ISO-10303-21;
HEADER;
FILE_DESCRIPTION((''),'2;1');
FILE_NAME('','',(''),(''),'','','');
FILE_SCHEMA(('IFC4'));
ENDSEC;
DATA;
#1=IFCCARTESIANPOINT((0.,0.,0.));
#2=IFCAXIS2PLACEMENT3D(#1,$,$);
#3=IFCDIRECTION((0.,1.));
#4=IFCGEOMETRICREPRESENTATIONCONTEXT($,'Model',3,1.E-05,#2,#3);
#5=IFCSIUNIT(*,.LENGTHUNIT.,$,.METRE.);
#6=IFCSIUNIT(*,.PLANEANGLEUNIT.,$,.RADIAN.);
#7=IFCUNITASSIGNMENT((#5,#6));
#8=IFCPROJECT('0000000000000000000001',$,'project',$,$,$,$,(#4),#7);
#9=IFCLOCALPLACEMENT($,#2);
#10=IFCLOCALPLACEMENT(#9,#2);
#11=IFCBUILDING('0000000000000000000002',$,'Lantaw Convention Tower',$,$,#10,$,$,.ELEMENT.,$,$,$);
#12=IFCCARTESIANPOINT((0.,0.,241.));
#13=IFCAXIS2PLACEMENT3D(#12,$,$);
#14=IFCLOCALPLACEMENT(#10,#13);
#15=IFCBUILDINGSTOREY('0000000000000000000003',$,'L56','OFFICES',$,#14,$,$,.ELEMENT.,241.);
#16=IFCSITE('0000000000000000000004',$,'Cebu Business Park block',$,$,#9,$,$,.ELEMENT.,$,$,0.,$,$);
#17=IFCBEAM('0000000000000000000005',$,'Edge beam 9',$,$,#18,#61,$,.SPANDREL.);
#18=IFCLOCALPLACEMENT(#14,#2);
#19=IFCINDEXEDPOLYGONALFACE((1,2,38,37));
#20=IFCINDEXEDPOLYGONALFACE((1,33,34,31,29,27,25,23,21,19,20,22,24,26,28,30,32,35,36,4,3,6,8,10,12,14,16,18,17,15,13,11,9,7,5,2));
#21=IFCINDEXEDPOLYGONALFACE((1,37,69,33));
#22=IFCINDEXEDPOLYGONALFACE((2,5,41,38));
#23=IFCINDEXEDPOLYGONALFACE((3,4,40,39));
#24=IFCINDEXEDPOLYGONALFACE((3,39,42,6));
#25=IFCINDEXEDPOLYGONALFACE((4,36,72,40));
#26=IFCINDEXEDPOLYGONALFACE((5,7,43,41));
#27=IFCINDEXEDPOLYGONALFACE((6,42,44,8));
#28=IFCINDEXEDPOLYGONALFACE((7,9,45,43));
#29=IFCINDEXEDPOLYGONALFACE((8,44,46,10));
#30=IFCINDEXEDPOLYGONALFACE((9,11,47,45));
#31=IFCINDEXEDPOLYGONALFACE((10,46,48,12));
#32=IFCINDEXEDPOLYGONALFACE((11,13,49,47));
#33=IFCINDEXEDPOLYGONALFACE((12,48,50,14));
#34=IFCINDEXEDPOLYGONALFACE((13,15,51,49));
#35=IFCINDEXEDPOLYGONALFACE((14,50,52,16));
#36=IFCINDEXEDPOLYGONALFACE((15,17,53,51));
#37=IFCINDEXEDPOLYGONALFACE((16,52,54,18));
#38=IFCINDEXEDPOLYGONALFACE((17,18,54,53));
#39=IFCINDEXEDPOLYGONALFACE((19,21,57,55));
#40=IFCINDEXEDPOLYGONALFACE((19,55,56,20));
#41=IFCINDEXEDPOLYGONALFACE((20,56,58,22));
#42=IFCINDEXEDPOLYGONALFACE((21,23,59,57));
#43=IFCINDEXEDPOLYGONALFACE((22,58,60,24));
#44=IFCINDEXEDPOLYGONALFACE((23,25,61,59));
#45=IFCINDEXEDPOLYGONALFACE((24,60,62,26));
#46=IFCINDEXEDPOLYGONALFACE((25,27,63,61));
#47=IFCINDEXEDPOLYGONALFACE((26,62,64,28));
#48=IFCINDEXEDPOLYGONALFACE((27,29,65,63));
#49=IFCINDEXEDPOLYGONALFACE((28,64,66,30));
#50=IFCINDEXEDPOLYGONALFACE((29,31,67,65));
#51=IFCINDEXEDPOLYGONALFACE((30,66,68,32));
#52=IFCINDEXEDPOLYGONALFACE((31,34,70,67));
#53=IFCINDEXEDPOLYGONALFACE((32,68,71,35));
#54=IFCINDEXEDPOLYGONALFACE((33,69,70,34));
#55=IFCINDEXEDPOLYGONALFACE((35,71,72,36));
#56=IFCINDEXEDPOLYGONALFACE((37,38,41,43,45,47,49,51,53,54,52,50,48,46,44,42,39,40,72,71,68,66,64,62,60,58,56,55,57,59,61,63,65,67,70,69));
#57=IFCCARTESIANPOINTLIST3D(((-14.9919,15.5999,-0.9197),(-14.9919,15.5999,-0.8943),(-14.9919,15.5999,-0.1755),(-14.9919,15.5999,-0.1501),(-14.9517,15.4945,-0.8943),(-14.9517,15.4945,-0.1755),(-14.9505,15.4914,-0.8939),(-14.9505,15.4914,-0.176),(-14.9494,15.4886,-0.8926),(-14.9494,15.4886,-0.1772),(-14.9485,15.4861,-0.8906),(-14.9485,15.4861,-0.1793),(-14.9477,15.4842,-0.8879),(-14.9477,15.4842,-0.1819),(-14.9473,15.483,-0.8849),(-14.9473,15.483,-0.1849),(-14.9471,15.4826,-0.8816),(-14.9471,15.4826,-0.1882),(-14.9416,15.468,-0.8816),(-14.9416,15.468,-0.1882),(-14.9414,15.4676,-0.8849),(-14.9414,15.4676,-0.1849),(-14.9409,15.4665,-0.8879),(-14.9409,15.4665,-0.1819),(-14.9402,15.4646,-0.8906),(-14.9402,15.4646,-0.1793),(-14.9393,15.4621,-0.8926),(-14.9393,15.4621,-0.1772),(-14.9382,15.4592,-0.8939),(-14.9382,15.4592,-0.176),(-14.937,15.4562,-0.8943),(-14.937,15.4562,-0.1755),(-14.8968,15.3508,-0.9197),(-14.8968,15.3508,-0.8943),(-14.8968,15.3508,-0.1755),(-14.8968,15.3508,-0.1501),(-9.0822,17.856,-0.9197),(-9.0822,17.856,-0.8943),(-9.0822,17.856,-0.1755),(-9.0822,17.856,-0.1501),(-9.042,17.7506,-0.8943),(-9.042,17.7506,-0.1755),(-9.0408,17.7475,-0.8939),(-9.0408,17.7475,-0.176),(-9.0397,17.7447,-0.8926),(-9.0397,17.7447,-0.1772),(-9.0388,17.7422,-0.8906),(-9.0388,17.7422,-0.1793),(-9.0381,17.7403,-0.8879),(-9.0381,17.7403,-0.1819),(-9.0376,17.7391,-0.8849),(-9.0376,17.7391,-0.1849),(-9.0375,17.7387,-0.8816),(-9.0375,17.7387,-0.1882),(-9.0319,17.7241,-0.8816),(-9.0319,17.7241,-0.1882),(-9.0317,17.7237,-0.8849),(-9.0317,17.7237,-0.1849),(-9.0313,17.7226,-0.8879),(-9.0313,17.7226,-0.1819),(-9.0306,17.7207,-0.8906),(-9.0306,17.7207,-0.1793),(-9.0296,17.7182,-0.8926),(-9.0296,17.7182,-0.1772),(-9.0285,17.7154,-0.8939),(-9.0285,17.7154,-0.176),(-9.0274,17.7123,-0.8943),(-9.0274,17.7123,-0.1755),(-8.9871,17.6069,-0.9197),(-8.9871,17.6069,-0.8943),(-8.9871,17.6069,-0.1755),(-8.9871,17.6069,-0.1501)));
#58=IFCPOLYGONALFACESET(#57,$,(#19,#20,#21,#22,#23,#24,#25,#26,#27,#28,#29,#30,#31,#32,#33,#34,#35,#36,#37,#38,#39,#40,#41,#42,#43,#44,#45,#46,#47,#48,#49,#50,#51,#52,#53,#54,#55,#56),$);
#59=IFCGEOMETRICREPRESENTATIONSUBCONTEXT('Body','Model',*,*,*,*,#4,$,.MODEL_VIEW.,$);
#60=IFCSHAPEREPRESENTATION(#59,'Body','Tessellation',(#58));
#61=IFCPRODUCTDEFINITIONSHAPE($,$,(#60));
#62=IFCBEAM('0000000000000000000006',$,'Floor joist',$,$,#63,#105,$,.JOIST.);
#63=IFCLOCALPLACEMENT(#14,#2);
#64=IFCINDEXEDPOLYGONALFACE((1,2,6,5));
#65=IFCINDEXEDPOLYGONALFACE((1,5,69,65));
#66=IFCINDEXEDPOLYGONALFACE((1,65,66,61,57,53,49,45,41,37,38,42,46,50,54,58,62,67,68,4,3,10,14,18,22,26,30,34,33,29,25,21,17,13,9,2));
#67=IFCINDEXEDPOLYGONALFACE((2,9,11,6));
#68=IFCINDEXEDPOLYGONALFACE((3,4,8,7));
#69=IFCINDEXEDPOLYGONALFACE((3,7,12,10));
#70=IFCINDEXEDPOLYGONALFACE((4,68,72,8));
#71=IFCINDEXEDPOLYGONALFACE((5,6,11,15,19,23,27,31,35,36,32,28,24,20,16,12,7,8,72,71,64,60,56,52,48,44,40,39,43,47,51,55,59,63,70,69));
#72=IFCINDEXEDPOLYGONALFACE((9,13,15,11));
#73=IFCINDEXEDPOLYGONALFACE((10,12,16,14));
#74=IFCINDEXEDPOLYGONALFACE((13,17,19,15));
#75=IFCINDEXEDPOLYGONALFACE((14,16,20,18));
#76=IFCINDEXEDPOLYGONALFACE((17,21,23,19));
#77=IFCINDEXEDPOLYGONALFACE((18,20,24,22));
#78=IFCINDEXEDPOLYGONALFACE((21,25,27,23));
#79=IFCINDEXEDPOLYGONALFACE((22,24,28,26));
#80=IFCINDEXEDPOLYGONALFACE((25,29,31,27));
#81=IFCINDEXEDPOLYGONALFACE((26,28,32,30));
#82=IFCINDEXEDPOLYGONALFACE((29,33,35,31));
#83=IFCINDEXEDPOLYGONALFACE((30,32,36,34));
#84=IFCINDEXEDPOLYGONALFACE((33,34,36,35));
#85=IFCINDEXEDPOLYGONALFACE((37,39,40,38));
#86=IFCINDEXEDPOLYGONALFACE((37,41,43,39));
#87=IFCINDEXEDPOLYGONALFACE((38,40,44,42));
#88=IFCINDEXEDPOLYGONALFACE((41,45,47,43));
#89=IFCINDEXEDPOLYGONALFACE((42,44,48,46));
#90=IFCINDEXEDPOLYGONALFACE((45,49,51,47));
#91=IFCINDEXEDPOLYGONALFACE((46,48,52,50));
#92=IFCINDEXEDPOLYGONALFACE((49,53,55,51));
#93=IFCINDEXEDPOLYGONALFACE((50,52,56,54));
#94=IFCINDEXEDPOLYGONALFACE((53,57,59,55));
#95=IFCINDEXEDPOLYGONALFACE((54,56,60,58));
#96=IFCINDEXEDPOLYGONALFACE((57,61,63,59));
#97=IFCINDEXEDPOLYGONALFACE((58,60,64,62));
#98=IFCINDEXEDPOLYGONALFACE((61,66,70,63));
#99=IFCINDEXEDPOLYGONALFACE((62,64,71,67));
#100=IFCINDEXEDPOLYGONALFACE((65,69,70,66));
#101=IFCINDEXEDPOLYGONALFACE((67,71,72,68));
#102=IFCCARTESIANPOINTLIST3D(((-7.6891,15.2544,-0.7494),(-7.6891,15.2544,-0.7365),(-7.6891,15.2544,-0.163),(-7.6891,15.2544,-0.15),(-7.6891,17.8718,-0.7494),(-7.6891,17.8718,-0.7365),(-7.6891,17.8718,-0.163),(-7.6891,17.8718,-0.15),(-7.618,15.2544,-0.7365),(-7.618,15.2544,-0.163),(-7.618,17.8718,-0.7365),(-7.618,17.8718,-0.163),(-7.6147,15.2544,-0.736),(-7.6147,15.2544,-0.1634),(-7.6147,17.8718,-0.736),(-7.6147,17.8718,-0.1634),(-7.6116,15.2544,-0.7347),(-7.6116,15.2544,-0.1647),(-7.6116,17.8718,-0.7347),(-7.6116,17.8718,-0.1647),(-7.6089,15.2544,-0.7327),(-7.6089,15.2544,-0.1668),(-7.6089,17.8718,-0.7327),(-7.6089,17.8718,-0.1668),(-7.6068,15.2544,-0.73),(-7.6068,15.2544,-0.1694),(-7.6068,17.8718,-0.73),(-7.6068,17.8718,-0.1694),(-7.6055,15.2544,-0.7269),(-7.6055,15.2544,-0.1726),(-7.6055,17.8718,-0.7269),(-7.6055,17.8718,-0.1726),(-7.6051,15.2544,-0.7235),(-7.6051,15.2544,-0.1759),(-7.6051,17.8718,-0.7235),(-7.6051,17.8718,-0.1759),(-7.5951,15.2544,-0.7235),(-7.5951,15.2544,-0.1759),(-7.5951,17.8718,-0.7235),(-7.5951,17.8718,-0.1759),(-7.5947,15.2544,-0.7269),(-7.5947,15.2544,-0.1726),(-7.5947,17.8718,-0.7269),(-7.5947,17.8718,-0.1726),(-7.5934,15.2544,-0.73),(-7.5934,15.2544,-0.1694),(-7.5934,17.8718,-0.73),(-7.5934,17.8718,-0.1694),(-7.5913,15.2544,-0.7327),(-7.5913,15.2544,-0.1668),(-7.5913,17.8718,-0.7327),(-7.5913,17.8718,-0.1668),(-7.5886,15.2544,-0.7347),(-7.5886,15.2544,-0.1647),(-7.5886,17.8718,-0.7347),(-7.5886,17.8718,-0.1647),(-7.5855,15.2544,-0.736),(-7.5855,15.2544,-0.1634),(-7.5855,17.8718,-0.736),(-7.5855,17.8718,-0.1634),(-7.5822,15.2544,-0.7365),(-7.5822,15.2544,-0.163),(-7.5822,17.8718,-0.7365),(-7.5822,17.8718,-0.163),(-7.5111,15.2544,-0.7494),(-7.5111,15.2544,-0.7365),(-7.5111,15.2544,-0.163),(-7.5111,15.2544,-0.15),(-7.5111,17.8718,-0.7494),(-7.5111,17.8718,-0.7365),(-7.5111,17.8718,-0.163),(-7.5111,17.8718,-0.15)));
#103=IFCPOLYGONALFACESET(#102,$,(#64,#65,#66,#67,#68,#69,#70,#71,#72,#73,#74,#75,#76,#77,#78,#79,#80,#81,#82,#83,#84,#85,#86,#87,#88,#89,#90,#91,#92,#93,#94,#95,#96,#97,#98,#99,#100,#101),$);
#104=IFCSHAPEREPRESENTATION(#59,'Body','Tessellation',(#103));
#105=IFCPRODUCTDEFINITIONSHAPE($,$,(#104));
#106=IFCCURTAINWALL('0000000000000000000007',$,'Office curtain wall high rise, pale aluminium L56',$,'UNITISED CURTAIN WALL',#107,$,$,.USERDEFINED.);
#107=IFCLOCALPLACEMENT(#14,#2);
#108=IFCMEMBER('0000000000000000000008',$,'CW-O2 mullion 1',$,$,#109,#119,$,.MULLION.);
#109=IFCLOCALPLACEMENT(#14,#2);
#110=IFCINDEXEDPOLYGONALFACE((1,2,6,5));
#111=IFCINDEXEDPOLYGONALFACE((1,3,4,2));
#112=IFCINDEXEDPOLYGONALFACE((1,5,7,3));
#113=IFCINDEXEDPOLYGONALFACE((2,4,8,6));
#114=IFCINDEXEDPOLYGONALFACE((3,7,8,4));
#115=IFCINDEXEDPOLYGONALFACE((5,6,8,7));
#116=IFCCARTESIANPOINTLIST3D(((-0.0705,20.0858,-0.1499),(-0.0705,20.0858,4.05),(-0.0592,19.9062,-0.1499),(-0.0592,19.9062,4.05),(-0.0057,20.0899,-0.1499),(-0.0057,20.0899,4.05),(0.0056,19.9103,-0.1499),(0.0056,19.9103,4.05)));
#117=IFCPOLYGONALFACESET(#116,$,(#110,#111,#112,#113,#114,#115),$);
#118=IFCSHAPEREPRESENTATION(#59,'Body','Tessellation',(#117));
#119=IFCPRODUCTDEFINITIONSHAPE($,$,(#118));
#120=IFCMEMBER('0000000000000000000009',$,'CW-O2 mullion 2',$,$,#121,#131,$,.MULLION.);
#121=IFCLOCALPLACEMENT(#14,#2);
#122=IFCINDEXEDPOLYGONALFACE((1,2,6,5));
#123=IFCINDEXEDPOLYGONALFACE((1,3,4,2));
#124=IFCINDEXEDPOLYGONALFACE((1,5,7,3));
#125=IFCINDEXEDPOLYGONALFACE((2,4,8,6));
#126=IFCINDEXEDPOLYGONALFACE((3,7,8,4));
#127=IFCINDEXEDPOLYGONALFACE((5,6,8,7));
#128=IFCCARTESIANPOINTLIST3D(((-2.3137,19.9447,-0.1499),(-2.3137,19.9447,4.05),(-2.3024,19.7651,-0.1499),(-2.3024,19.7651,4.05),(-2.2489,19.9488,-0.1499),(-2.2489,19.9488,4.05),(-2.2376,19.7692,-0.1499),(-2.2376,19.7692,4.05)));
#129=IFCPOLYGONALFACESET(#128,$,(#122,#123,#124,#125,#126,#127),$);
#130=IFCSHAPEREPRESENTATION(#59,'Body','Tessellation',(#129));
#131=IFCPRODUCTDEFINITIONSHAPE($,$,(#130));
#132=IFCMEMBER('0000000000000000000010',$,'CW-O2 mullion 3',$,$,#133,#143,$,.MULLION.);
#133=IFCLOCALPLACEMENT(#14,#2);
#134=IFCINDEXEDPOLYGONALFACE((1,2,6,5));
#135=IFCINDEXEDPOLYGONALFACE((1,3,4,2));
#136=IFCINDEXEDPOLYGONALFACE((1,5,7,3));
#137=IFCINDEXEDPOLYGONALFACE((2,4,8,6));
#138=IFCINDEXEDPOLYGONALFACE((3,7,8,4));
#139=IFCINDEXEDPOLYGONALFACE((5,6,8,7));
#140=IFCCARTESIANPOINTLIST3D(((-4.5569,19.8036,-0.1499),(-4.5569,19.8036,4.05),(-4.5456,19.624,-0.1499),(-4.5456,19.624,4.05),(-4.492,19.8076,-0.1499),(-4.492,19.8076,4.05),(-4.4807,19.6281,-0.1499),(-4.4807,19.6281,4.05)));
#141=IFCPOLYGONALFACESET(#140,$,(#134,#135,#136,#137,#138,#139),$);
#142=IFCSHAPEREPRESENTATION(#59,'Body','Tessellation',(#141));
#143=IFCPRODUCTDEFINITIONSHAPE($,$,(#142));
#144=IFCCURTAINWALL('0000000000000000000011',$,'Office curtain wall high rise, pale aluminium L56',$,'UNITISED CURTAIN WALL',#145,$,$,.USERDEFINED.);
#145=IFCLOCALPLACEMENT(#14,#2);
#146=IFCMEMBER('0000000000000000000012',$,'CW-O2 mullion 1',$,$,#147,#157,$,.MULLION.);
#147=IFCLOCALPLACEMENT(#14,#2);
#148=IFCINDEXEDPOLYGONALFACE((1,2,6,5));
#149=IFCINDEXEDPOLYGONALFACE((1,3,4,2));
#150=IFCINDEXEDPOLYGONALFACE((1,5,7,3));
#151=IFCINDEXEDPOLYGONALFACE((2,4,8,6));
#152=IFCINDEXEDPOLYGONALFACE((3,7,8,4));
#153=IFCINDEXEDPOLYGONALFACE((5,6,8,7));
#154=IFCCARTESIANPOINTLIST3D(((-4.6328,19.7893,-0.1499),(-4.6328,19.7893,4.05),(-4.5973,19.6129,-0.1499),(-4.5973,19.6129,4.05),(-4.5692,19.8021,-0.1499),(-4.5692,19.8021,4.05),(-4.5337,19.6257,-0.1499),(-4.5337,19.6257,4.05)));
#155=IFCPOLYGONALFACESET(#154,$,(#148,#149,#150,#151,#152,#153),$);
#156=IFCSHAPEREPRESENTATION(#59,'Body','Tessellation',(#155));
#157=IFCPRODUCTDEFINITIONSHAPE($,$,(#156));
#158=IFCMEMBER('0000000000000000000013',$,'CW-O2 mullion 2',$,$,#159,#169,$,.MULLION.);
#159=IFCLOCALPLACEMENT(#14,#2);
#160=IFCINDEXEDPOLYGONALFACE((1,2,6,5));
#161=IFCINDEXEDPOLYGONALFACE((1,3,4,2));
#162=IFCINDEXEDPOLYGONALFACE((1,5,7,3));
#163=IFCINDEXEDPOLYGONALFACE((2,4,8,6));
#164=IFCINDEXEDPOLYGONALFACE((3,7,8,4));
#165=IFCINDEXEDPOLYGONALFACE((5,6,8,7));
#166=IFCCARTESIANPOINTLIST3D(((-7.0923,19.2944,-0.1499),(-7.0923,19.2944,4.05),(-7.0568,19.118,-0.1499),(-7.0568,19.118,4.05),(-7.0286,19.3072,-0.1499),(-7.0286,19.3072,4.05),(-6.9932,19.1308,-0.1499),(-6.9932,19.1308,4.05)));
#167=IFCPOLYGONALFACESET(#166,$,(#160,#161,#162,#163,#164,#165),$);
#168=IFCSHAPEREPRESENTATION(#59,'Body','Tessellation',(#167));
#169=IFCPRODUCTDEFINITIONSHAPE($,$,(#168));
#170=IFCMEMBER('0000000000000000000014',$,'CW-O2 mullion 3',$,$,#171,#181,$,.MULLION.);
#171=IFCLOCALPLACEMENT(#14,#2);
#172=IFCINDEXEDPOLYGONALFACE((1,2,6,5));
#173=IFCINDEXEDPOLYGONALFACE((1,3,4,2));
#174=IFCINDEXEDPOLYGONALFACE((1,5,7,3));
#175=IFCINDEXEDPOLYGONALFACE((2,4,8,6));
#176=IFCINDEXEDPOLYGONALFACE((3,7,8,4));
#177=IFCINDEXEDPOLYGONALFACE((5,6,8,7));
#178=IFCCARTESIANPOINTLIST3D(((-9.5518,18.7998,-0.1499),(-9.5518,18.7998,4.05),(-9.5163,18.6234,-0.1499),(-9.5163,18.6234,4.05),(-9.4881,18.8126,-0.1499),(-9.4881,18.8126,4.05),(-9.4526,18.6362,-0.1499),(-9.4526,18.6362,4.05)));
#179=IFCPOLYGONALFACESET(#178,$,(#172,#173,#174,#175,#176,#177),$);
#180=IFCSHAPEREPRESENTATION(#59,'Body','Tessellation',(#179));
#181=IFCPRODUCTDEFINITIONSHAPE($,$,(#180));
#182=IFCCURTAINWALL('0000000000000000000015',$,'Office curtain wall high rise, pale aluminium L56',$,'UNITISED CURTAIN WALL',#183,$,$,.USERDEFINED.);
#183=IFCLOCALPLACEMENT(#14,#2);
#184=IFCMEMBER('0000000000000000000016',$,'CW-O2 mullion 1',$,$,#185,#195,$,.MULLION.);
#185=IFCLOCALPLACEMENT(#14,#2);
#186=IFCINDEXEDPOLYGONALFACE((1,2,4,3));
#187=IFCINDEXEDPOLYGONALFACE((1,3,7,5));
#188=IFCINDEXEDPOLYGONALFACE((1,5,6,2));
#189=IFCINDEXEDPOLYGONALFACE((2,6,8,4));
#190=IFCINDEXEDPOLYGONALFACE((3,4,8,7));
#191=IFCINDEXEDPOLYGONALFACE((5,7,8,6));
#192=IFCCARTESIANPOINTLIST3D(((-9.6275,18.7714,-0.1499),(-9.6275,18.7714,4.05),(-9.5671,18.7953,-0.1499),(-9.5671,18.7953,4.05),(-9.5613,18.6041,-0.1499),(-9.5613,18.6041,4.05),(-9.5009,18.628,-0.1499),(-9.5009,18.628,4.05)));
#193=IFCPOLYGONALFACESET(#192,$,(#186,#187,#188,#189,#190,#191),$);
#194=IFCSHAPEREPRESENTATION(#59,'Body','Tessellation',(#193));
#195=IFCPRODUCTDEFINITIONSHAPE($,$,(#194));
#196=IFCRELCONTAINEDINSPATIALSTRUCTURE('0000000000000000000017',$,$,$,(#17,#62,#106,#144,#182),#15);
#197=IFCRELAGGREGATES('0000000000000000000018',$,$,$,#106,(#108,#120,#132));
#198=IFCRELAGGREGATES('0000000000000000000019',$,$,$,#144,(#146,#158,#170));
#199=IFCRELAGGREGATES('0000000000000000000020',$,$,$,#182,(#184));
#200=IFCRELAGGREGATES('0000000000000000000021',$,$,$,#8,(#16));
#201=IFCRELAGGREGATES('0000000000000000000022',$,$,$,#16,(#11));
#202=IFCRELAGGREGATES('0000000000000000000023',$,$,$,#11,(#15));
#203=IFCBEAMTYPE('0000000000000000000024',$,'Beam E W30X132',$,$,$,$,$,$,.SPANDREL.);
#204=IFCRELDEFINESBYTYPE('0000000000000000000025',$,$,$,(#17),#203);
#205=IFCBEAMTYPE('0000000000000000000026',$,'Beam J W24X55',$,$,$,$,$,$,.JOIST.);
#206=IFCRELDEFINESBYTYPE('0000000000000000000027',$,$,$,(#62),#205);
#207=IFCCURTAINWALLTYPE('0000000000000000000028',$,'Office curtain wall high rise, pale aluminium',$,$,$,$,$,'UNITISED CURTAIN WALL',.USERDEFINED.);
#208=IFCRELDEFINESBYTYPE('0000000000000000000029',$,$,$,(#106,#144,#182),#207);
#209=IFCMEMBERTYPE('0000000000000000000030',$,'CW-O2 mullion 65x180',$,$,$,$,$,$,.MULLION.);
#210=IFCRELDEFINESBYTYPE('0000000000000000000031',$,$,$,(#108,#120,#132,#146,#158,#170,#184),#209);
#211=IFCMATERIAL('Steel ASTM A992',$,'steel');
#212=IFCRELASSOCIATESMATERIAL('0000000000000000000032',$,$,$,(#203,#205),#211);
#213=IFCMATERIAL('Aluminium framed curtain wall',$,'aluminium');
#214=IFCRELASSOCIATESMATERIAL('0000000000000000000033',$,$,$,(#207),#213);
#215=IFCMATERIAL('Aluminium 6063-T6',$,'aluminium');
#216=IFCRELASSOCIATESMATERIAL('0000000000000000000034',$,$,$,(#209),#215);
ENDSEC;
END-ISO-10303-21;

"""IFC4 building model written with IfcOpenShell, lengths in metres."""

from ifc_helpers import new_model, si_unit, direction, frame, origin, origin_2d, place, context, subcontext, project, spatial, rectangle, i_section, extrude, material, material_profile, profile_set, type_object, element, aggregate, save


model = new_model("IFC4")

# Units and contexts
model_context = context("Model", 3, precision=1e-05, world=origin(), true_north=direction((0.0, 1.0)))
body_context = subcontext(model_context, "Body", "Model", "MODEL_VIEW")
ifc_project = project(units=[si_unit("LENGTHUNIT", "METRE"), si_unit("PLANEANGLEUNIT", "RADIAN")], contexts=[model_context])

# Site, building, storey
site_placement = place(None, origin())
site = spatial("IfcSite", under=ifc_project, at=site_placement, Name="Cebu Business Park block", CompositionType="ELEMENT", RefElevation=0.0)
building_placement = place(site_placement, origin())
building = spatial("IfcBuilding", under=site, at=building_placement, Name="Lantaw Convention Tower", CompositionType="ELEMENT")
storey_placement = place(building_placement, frame((0.0, 0.0, 241.0)))
storey = spatial("IfcBuildingStorey", under=building, at=storey_placement, Name="L56", Description="OFFICES", CompositionType="ELEMENT", Elevation=241.0)

# Beams
ifc_material_1 = material(Name="Steel ASTM A992", Category="steel")
ifc_material_profile_1 = material_profile(ifc_material_1, i_section(OverallWidth=0.2666, OverallDepth=0.7695, WebThickness=0.0156, FlangeThickness=0.0254, FilletRadius=0.0127, at=origin_2d()), Name="W30X132")
ifc_profile_set_1 = profile_set([ifc_material_profile_1], Name="Steel ASTM A992")
beam_type_1 = type_object("IfcBeamType", Name="Beam E W30X132", PredefinedType="SPANDREL", material=ifc_profile_set_1)
beam_1_placement = place(storey_placement, frame((-9.0347, 17.7314, -0.5349), z_axis=(-0.934235, -0.356658, 0.0), x_axis=(0.356658, -0.934235, 0.0)))
element("IfcBeam", 1, at=beam_1_placement, inside=storey, type_object=beam_type_1, Name="Edge beam 9", PredefinedType="SPANDREL", context=body_context, shape_type="SweptSolid", body=[
    extrude(i_section(OverallWidth=0.2666, OverallDepth=0.7695, WebThickness=0.0156, FlangeThickness=0.0254, FilletRadius=0.0127, at=origin_2d()), origin(), (0.0, 0.0, 1.0), 6.3257),
])
ifc_material_profile_2 = material_profile(ifc_material_1, i_section(OverallWidth=0.178, OverallDepth=0.5994, WebThickness=0.01, FlangeThickness=0.0129, FilletRadius=0.0129, at=origin_2d()), Name="W24X55")
ifc_profile_set_2 = profile_set([ifc_material_profile_2], Name="Steel ASTM A992")
beam_type_2 = type_object("IfcBeamType", Name="Beam J W24X55", PredefinedType="JOIST", material=ifc_profile_set_2)
beam_2_placement = place(storey_placement, frame((-7.6001, 15.2544, -0.4497), z_axis=(0.0, 1.0, 0.0), x_axis=(-1.0, 0.0, 0.0)))
element("IfcBeam", 2, at=beam_2_placement, inside=storey, type_object=beam_type_2, Name="Floor joist", PredefinedType="JOIST", context=body_context, shape_type="SweptSolid", body=[
    extrude(i_section(OverallWidth=0.178, OverallDepth=0.5994, WebThickness=0.01, FlangeThickness=0.0129, FilletRadius=0.0129, at=origin_2d()), origin(), (0.0, 0.0, 1.0), 2.6174),
])

# Curtain walls, members
ifc_material_2 = material(Name="Aluminium framed curtain wall", Category="aluminium")
curtain_wall_type = type_object("IfcCurtainWallType", Name="Office curtain wall high rise, pale aluminium", ElementType="UNITISED CURTAIN WALL", PredefinedType="USERDEFINED", material=ifc_material_2)
curtain_wall_1_placement = place(storey_placement, origin())
curtain_wall_1 = element("IfcCurtainWall", 3, at=curtain_wall_1_placement, inside=storey, type_object=curtain_wall_type, Name="Office curtain wall high rise, pale aluminium L56", ObjectType="UNITISED CURTAIN WALL", PredefinedType="USERDEFINED")
ifc_material_3 = material(Name="Aluminium 6063-T6", Category="aluminium")
ifc_material_profile_3 = material_profile(ifc_material_3, rectangle(XDim=0.1799, YDim=0.0649, at=origin_2d()), Name="CW-O2 mullion 65x180")
ifc_profile_set_3 = profile_set([ifc_material_profile_3], Name="Aluminium 6063-T6")
member_type_1 = type_object("IfcMemberType", Name="CW-O2 mullion 65x180", PredefinedType="MULLION", material=ifc_profile_set_3)
member_1_placement = place(storey_placement, frame((-0.0325, 19.998, -0.1499), z_axis=(0.0, 0.0, 1.0), x_axis=(0.062758, -0.998029, 0.0)))
member_1 = element("IfcMember", 4, at=member_1_placement, type_object=member_type_1, Name="CW-O2 mullion 1", PredefinedType="MULLION", context=body_context, shape_type="SweptSolid", body=[
    extrude(rectangle(XDim=0.1799, YDim=0.0649, at=origin_2d()), origin(), (0.0, 0.0, 1.0), 4.2),
])
member_2_placement = place(storey_placement, frame((-2.2756, 19.8569, -0.1499), z_axis=(0.0, 0.0, 1.0), x_axis=(0.062758, -0.998029, 0.0)))
member_2 = element("IfcMember", 5, at=member_2_placement, type_object=member_type_1, Name="CW-O2 mullion 2", PredefinedType="MULLION", context=body_context, shape_type="SweptSolid", body=[
    extrude(rectangle(XDim=0.1799, YDim=0.0649, at=origin_2d()), origin(), (0.0, 0.0, 1.0), 4.2),
])
member_3_placement = place(storey_placement, frame((-4.5188, 19.7158, -0.1499), z_axis=(0.0, 0.0, 1.0), x_axis=(0.062758, -0.998029, 0.0)))
member_3 = element("IfcMember", 6, at=member_3_placement, type_object=member_type_1, Name="CW-O2 mullion 3", PredefinedType="MULLION", context=body_context, shape_type="SweptSolid", body=[
    extrude(rectangle(XDim=0.1799, YDim=0.0649, at=origin_2d()), origin(), (0.0, 0.0, 1.0), 4.2),
])
curtain_wall_2_placement = place(storey_placement, origin())
curtain_wall_2 = element("IfcCurtainWall", 7, at=curtain_wall_2_placement, inside=storey, type_object=curtain_wall_type, Name="Office curtain wall high rise, pale aluminium L56", ObjectType="UNITISED CURTAIN WALL", PredefinedType="USERDEFINED")
member_4_placement = place(storey_placement, frame((-4.5833, 19.7075, -0.1499), z_axis=(0.0, 0.0, 1.0), x_axis=(0.197183, -0.980367, 0.0)))
member_4 = element("IfcMember", 8, at=member_4_placement, type_object=member_type_1, Name="CW-O2 mullion 1", PredefinedType="MULLION", context=body_context, shape_type="SweptSolid", body=[
    extrude(rectangle(XDim=0.1799, YDim=0.0649, at=origin_2d()), origin(), (0.0, 0.0, 1.0), 4.2),
])
member_5_placement = place(storey_placement, frame((-7.0427, 19.2126, -0.1499), z_axis=(0.0, 0.0, 1.0), x_axis=(0.197183, -0.980367, 0.0)))
member_5 = element("IfcMember", 9, at=member_5_placement, type_object=member_type_1, Name="CW-O2 mullion 2", PredefinedType="MULLION", context=body_context, shape_type="SweptSolid", body=[
    extrude(rectangle(XDim=0.1799, YDim=0.0649, at=origin_2d()), origin(), (0.0, 0.0, 1.0), 4.2),
])
member_6_placement = place(storey_placement, frame((-9.5022, 18.718, -0.1499), z_axis=(0.0, 0.0, 1.0), x_axis=(0.197183, -0.980367, 0.0)))
member_6 = element("IfcMember", 10, at=member_6_placement, type_object=member_type_1, Name="CW-O2 mullion 3", PredefinedType="MULLION", context=body_context, shape_type="SweptSolid", body=[
    extrude(rectangle(XDim=0.1799, YDim=0.0649, at=origin_2d()), origin(), (0.0, 0.0, 1.0), 4.2),
])

# Curtain wall, member
curtain_wall_3_placement = place(storey_placement, origin())
curtain_wall_3 = element("IfcCurtainWall", 11, at=curtain_wall_3_placement, inside=storey, type_object=curtain_wall_type, Name="Office curtain wall high rise, pale aluminium L56", ObjectType="UNITISED CURTAIN WALL", PredefinedType="USERDEFINED")
member_7_placement = place(storey_placement, frame((-9.5642, 18.6997, -0.1499), z_axis=(0.0, 0.0, 1.0), x_axis=(0.368162, -0.929762, 0.0)))
member_7 = element("IfcMember", 12, at=member_7_placement, type_object=member_type_1, Name="CW-O2 mullion 1", PredefinedType="MULLION", context=body_context, shape_type="SweptSolid", body=[
    extrude(rectangle(XDim=0.1799, YDim=0.0649, at=origin_2d()), origin(), (0.0, 0.0, 1.0), 4.2),
])

aggregate(curtain_wall_1, [member_1, member_2, member_3])
aggregate(curtain_wall_2, [member_4, member_5, member_6])
aggregate(curtain_wall_3, [member_7])

save(model, "model.ifc")
